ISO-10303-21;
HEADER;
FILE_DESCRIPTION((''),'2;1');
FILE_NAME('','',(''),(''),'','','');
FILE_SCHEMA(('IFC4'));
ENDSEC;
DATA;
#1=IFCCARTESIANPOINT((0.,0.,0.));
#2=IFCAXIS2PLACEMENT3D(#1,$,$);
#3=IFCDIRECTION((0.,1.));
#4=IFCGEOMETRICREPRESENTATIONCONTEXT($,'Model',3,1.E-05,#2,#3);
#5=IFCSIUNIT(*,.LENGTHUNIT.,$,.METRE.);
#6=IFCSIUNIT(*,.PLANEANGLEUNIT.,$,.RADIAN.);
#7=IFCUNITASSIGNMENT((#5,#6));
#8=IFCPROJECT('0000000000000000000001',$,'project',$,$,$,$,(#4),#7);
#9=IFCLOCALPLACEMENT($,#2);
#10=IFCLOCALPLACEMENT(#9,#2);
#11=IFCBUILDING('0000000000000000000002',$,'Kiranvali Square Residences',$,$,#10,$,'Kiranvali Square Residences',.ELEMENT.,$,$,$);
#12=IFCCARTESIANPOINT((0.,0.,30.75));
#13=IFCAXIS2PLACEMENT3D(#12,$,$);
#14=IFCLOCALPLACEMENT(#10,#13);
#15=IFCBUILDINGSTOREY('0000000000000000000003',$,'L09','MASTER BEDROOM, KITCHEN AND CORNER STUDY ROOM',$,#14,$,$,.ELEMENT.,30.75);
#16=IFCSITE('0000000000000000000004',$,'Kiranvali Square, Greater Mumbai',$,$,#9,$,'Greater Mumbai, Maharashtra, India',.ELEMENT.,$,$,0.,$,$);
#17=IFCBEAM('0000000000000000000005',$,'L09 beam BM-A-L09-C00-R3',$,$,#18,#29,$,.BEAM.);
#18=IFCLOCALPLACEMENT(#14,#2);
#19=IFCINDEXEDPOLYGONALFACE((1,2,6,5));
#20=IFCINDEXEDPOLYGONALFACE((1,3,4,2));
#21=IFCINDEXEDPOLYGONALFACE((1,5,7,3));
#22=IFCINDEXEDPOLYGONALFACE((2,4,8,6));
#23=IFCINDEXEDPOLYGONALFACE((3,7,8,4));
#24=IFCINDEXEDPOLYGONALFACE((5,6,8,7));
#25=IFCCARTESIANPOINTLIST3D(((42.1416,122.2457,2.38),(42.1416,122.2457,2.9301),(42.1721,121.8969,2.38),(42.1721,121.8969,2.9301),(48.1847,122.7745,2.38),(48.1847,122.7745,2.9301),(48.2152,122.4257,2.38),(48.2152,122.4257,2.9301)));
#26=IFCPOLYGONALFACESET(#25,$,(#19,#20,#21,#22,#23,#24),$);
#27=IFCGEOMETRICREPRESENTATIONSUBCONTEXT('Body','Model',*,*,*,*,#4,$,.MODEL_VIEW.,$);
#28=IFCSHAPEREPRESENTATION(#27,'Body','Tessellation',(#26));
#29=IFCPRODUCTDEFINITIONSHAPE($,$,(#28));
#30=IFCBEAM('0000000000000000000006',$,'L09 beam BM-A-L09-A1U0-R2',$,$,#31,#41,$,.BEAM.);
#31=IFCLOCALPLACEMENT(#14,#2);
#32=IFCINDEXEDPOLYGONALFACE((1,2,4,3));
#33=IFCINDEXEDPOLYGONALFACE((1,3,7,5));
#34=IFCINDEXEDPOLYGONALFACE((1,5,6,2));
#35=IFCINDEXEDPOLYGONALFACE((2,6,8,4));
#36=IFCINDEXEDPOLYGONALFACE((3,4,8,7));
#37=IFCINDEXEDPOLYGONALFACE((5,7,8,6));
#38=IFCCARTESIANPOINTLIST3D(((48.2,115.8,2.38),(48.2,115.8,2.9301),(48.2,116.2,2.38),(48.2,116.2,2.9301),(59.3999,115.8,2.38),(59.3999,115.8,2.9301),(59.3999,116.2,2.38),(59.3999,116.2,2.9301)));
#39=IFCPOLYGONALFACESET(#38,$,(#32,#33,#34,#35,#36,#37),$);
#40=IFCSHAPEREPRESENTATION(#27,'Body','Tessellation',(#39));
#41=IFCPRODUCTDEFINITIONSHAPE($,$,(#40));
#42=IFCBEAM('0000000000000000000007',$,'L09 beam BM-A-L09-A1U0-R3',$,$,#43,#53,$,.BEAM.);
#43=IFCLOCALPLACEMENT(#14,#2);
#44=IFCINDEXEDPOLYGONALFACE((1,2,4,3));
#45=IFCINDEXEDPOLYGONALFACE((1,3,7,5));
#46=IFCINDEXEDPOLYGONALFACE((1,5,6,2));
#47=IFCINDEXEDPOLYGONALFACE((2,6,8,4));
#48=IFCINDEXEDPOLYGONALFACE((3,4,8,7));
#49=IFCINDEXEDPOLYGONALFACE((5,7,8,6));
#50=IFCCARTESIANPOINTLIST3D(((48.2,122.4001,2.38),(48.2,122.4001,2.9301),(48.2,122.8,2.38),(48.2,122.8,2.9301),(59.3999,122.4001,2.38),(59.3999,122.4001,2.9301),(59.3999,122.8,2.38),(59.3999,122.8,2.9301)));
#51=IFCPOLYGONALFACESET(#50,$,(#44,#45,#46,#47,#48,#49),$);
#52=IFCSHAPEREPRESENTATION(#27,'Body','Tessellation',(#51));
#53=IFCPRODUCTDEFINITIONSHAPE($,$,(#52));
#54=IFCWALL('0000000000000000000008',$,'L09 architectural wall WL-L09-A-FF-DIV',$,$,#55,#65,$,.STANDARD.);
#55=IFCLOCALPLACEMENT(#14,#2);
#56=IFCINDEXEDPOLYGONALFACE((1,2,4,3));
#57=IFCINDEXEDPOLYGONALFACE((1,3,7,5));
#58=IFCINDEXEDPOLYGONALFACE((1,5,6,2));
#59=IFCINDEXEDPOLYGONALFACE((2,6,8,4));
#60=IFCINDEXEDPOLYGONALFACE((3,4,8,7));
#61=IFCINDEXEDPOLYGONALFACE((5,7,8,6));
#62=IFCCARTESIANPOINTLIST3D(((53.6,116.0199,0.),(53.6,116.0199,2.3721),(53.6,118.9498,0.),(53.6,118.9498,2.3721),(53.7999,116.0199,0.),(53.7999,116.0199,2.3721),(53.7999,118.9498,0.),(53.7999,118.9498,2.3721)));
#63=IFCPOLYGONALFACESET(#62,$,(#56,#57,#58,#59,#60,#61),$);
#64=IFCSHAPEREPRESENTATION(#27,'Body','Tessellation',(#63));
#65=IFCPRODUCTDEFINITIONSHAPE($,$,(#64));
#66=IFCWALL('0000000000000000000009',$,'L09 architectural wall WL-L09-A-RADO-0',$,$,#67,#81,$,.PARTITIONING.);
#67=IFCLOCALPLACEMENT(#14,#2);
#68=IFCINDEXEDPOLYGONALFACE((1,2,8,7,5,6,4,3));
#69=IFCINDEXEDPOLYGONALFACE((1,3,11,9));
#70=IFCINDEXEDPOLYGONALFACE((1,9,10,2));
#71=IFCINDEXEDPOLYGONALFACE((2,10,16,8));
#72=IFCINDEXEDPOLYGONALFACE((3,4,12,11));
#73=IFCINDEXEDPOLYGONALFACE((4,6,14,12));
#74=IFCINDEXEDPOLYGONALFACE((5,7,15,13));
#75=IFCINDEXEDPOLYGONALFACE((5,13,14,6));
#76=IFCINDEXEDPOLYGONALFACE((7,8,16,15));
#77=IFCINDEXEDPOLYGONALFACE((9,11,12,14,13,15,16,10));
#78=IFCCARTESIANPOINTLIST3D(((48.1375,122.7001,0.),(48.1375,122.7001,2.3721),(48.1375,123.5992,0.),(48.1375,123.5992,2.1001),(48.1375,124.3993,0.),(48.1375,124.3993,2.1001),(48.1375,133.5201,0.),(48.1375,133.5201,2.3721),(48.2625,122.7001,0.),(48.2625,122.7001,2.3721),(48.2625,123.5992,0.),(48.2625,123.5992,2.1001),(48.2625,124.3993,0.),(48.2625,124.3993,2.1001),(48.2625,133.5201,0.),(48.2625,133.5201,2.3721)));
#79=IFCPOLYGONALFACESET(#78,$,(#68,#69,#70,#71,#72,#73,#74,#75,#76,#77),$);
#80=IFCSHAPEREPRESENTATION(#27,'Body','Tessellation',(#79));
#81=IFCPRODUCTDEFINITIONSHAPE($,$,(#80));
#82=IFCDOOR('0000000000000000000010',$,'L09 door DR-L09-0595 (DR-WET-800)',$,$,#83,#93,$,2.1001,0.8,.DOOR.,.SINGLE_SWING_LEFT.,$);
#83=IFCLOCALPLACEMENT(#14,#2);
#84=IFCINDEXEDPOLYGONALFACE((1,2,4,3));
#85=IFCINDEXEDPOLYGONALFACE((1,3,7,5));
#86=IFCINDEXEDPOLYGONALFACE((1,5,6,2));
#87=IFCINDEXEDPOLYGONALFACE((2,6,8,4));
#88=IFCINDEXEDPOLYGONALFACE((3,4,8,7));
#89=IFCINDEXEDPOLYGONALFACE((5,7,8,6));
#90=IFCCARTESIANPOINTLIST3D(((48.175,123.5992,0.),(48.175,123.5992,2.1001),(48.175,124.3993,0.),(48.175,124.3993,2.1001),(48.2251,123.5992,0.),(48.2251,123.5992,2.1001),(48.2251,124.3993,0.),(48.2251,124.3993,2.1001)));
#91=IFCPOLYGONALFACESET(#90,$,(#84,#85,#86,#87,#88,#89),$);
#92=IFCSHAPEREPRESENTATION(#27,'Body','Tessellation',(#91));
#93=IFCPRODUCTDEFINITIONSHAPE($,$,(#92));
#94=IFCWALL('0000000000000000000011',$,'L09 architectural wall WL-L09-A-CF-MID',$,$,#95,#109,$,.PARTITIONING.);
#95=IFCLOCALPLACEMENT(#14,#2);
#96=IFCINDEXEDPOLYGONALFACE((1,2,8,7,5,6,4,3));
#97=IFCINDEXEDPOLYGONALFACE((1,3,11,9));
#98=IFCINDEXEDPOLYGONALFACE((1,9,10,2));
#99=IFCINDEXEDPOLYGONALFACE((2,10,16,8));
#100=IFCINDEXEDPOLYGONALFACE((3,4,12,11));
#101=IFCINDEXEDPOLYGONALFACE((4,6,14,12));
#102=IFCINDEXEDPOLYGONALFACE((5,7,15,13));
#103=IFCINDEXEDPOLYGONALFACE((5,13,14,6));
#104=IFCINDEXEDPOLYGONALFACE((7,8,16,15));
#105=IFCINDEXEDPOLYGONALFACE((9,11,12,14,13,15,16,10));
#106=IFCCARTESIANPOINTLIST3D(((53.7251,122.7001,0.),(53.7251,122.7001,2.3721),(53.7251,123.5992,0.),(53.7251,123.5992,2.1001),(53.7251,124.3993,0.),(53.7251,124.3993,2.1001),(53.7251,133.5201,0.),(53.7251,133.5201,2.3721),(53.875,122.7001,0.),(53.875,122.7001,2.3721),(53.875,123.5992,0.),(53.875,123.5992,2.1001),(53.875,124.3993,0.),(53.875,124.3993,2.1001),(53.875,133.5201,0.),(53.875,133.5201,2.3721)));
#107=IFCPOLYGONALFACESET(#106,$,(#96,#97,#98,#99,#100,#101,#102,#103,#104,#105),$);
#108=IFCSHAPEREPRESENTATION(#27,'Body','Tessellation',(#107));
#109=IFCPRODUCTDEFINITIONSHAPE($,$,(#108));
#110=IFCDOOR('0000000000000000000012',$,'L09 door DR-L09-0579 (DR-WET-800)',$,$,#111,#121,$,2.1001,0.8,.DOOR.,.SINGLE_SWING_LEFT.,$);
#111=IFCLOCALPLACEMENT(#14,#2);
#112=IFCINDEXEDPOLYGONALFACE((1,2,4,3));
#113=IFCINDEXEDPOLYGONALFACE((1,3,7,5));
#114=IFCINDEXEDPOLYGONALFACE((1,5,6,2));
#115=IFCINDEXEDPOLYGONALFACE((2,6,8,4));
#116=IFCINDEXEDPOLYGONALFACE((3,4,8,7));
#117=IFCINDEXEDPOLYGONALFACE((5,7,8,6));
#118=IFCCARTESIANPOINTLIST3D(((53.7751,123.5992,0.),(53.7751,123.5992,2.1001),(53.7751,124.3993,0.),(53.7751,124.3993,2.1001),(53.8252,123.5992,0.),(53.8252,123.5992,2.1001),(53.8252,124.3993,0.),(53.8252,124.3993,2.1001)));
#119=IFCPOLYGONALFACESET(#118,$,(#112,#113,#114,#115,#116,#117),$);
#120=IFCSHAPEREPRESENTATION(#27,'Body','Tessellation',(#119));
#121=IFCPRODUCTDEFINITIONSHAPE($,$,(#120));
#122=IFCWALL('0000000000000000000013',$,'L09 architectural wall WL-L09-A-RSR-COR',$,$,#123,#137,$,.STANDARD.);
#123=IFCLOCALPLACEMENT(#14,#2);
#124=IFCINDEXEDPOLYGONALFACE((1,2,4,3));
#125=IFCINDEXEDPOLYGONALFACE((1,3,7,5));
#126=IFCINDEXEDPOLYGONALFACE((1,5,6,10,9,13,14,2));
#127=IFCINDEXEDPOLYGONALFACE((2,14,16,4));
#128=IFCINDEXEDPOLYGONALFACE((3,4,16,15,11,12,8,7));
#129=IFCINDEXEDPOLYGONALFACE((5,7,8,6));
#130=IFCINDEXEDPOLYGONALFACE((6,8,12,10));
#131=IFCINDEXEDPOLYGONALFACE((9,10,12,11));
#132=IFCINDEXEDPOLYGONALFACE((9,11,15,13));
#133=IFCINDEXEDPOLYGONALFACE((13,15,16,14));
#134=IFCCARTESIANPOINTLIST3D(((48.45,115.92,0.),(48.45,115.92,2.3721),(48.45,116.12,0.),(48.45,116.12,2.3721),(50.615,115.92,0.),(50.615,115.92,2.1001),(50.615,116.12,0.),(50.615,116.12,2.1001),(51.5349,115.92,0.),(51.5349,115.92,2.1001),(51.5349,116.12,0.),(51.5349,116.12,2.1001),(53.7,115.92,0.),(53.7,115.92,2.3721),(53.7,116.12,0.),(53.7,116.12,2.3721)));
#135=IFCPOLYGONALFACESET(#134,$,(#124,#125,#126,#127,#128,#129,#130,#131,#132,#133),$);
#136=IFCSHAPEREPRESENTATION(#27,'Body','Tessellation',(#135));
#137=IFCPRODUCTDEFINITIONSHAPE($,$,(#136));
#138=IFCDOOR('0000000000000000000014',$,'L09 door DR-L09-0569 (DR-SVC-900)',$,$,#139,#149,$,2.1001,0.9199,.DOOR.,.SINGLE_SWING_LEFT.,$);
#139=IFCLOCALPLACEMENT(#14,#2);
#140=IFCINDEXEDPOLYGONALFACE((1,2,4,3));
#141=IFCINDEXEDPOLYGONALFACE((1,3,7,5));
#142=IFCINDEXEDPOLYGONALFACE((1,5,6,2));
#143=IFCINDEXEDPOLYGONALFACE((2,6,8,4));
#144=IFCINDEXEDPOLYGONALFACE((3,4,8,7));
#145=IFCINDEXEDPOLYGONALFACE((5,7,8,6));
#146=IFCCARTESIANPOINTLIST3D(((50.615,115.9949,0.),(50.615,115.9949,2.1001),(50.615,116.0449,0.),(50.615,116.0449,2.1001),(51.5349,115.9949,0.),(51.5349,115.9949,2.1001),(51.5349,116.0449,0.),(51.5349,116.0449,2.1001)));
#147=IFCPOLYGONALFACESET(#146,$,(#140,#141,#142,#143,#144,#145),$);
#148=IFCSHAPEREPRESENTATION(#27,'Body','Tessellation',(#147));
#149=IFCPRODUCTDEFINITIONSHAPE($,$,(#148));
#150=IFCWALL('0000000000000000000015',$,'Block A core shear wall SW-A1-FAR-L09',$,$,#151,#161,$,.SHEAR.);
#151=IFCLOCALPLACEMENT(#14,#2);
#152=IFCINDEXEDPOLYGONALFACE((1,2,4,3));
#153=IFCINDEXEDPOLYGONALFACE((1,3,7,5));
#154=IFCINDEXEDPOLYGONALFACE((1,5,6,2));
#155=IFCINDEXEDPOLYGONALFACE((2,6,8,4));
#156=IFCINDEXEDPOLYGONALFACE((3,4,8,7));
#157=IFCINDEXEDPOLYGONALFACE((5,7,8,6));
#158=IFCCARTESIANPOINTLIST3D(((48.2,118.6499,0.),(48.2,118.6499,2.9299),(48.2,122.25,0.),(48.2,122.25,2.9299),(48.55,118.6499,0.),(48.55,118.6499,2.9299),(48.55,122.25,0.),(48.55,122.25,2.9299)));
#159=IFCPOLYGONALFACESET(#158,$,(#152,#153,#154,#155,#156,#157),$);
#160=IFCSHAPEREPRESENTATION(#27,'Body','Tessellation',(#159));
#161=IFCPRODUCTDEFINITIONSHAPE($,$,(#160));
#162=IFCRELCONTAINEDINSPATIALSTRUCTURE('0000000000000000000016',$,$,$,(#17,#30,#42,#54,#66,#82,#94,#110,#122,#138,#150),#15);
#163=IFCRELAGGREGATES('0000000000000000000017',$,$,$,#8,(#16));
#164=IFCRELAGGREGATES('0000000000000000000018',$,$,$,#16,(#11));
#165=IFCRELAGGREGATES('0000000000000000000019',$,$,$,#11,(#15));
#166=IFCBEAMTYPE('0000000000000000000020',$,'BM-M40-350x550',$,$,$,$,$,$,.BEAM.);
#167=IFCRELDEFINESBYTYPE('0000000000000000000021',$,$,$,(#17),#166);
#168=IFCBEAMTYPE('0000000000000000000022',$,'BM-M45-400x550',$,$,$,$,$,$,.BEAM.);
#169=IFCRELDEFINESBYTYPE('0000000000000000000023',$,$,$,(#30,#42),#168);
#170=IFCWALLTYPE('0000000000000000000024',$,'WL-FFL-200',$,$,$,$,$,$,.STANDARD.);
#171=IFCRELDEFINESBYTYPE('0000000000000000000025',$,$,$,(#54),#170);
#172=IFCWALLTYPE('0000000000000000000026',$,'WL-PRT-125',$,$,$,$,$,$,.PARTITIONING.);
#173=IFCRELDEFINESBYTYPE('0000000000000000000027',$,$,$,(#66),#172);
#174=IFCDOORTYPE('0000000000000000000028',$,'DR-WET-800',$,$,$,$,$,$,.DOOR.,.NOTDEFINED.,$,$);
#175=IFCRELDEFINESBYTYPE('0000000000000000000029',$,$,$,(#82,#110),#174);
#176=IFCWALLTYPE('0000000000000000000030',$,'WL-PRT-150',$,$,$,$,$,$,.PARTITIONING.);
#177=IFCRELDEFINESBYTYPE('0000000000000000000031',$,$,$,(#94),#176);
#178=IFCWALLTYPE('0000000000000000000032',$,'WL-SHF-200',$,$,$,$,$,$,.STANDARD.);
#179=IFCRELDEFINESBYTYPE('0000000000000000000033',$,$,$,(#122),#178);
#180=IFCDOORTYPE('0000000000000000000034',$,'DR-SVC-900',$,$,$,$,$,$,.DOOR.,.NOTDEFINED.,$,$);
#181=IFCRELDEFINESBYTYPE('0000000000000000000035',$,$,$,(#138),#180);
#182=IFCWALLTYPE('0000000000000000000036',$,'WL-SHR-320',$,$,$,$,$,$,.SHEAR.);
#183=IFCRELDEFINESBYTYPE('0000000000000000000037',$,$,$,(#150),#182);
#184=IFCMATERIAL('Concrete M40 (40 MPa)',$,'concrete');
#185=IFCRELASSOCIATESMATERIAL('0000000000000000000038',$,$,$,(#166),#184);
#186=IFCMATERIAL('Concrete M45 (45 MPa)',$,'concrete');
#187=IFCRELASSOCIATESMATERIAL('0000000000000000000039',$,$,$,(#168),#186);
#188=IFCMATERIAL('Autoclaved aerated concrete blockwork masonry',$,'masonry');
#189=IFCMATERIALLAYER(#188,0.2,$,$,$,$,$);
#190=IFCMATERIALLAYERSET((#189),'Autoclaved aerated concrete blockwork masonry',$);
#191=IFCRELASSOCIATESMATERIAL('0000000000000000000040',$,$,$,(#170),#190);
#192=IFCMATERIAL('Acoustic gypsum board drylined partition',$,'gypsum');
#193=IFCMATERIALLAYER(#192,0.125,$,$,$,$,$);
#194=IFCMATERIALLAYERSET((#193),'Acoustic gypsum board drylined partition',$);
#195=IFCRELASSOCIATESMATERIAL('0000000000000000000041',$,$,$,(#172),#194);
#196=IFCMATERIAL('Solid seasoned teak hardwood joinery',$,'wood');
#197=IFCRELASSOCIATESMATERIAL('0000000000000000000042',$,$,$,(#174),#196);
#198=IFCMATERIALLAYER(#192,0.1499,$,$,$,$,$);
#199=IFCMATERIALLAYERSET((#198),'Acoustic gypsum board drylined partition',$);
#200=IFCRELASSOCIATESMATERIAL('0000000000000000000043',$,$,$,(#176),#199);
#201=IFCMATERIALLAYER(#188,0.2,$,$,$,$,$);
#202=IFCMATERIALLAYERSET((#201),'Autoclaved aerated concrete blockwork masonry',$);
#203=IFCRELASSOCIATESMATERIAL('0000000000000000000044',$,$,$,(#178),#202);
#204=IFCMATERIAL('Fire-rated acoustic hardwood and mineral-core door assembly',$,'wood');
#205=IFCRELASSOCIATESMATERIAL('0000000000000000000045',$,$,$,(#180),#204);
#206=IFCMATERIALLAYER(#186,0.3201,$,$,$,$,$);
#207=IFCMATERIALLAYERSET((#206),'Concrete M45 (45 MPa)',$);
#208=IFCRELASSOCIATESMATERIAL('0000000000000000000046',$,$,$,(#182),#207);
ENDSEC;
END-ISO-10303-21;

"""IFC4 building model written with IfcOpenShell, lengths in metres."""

from ifc_helpers import new_model, si_unit, direction, frame, frame_2d, origin, origin_2d, place, context, subcontext, project, spatial, rectangle, extrude, material, layer, layer_set, material_profile, profile_set, type_object, element, fill, save


model = new_model("IFC4")

# Units and contexts
model_context = context("Model", 3, precision=1e-05, world=origin(), true_north=direction((0.0, 1.0)))
body_context = subcontext(model_context, "Body", "Model", "MODEL_VIEW")
ifc_project = project(units=[si_unit("LENGTHUNIT", "METRE"), si_unit("PLANEANGLEUNIT", "RADIAN")], contexts=[model_context])

# Site, building, storey
site_placement = place(None, origin())
site = spatial("IfcSite", under=ifc_project, at=site_placement, Name="Kiranvali Square, Greater Mumbai", LongName="Greater Mumbai, Maharashtra, India", CompositionType="ELEMENT", RefElevation=0.0)
building_placement = place(site_placement, origin())
building = spatial("IfcBuilding", under=site, at=building_placement, Name="Kiranvali Square Residences", LongName="Kiranvali Square Residences", CompositionType="ELEMENT")
storey_placement = place(building_placement, frame((0.0, 0.0, 30.75)))
storey = spatial("IfcBuildingStorey", under=building, at=storey_placement, Name="L09", Description="MASTER BEDROOM, KITCHEN AND CORNER STUDY ROOM", CompositionType="ELEMENT", Elevation=30.75)

# Beams
ifc_material_1 = material(Name="Concrete M40 (40 MPa)", Category="concrete")
ifc_material_profile_1 = material_profile(ifc_material_1, rectangle(XDim=0.3501, YDim=0.55, at=origin_2d()), Name="RC 350x550")
ifc_profile_set_1 = profile_set([ifc_material_profile_1], Name="Concrete M40 (40 MPa)")
beam_type_1 = type_object("IfcBeamType", Name="BM-M40-350x550", PredefinedType="BEAM", material=ifc_profile_set_1)
beam_placement = place(storey_placement, frame((48.2, 122.6001, 2.655), z_axis=(-0.996193, -0.087175, 0.0), x_axis=(0.087175, -0.996193, 0.0)))
element("IfcBeam", 1, at=beam_placement, inside=storey, type_object=beam_type_1, Name="L09 beam BM-A-L09-C00-R3", PredefinedType="BEAM", context=body_context, shape_type="SweptSolid", body=[
    extrude(rectangle(XDim=0.3501, YDim=0.55, at=origin_2d()), origin(), (0.0, 0.0, 1.0), 6.0662),
])
ifc_material_2 = material(Name="Concrete M45 (45 MPa)", Category="concrete")
ifc_material_profile_2 = material_profile(ifc_material_2, rectangle(XDim=0.3999, YDim=0.55, at=origin_2d()), Name="RC 400x550")
ifc_profile_set_2 = profile_set([ifc_material_profile_2], Name="Concrete M45 (45 MPa)")
beam_type_2 = type_object("IfcBeamType", Name="BM-M45-400x550", PredefinedType="BEAM", material=ifc_profile_set_2)
for number, where, z_axis, x_axis, name in (
    (2, (48.2, 116.0, 2.655), (1.0, 0.0, 0.0), (0.0, 1.0, 0.0), "L09 beam BM-A-L09-A1U0-R2"),
    (3, (48.2, 122.6001, 2.655), (1.0, 0.0, 0.0), (0.0, 1.0, 0.0), "L09 beam BM-A-L09-A1U0-R3"),
):
    element("IfcBeam", number, at=place(storey_placement, frame(where, z_axis=z_axis, x_axis=x_axis)), inside=storey, type_object=beam_type_2, Name=name, PredefinedType="BEAM", context=body_context, shape_type="SweptSolid", body=[
        extrude(rectangle(XDim=0.3999, YDim=0.55, at=origin_2d()), origin(), (0.0, 0.0, 1.0), 11.2),
    ])

# Shared definitions
ifc_material_3 = material(Name="Autoclaved aerated concrete blockwork masonry", Category="masonry")
ifc_material_4 = material(Name="Fire-rated acoustic hardwood and mineral-core door assembly", Category="wood")
ifc_layer_1 = layer(ifc_material_3, 0.2)
ifc_layer_set_1 = layer_set([ifc_layer_1], Name="Autoclaved aerated concrete blockwork masonry")
wall_type_1 = type_object("IfcWallType", Name="WL-FFL-200", PredefinedType="STANDARD", material=ifc_layer_set_1)

# Wall
wall_1_placement = place(storey_placement, frame((53.7, 116.02, 0.0), z_axis=(0.0, 0.0, 1.0), x_axis=(0.0, 1.0, 0.0)))
element("IfcWall", 4, at=wall_1_placement, inside=storey, type_object=wall_type_1, Name="L09 architectural wall WL-L09-A-FF-DIV", PredefinedType="STANDARD", context=body_context, shape_type="SweptSolid", body=[
    extrude(rectangle(XDim=2.9299, YDim=0.2, at=frame_2d((1.4648, 0.0))), origin(), (0.0, 0.0, 1.0), 2.3721),
])

# Walls, openings, doors
ifc_material_5 = material(Name="Acoustic gypsum board drylined partition", Category="gypsum")
ifc_layer_2 = layer(ifc_material_5, 0.125)
ifc_layer_set_2 = layer_set([ifc_layer_2], Name="Acoustic gypsum board drylined partition")
wall_type_2 = type_object("IfcWallType", Name="WL-PRT-125", PredefinedType="PARTITIONING", material=ifc_layer_set_2)
wall_2_placement = place(storey_placement, frame((48.2, 122.7, 0.0), z_axis=(0.0, 0.0, 1.0), x_axis=(0.0, 1.0, 0.0)))
wall_2 = element("IfcWall", 5, at=wall_2_placement, inside=storey, type_object=wall_type_2, Name="L09 architectural wall WL-L09-A-RADO-0", PredefinedType="PARTITIONING", context=body_context, shape_type="SweptSolid", body=[
    extrude(rectangle(XDim=10.8201, YDim=0.125, at=frame_2d((5.4102, 0.0))), origin(), (0.0, 0.0, 1.0), 2.3721),
])
opening_1_placement = place(wall_2_placement, frame((0.8994, 0.0, 0.0)))
opening_1 = element("IfcOpeningElement", 6, at=opening_1_placement, cuts=wall_2, PredefinedType="OPENING", context=body_context, shape_type="SweptSolid", body=[
    extrude(rectangle(XDim=0.8, YDim=2.1001, at=frame_2d((0.3999, 1.05))), frame((0.0, 0.0725, 0.0), z_axis=(0.0, -1.0, 0.0), x_axis=(1.0, 0.0, 0.0)), (0.0, 0.0, 1.0), 0.145),
])
ifc_material_6 = material(Name="Solid seasoned teak hardwood joinery", Category="wood")
door_type_1 = type_object("IfcDoorType", Name="DR-WET-800", OperationType="NOTDEFINED", PredefinedType="DOOR", material=ifc_material_6)
door_1_placement = place(opening_1_placement, origin())
door_1 = element("IfcDoor", 7, at=door_1_placement, inside=storey, type_object=door_type_1, Name="L09 door DR-L09-0595 (DR-WET-800)", OperationType="SINGLE_SWING_LEFT", OverallHeight=2.1001, OverallWidth=0.8, PredefinedType="DOOR", context=body_context, shape_type="SweptSolid", body=[
    extrude(rectangle(XDim=0.8, YDim=2.1001, at=frame_2d((0.3999, 1.05))), frame((0.0, 0.0249, 0.0), z_axis=(0.0, -1.0, 0.0), x_axis=(1.0, 0.0, 0.0)), (0.0, 0.0, 1.0), 0.05),
])
fill(opening_1, door_1)
ifc_layer_3 = layer(ifc_material_5, 0.1499)
ifc_layer_set_3 = layer_set([ifc_layer_3], Name="Acoustic gypsum board drylined partition")
wall_type_3 = type_object("IfcWallType", Name="WL-PRT-150", PredefinedType="PARTITIONING", material=ifc_layer_set_3)
wall_3_placement = place(storey_placement, frame((53.8, 122.7, 0.0), z_axis=(0.0, 0.0, 1.0), x_axis=(0.0, 1.0, 0.0)))
wall_3 = element("IfcWall", 8, at=wall_3_placement, inside=storey, type_object=wall_type_3, Name="L09 architectural wall WL-L09-A-CF-MID", PredefinedType="PARTITIONING", context=body_context, shape_type="SweptSolid", body=[
    extrude(rectangle(XDim=10.8201, YDim=0.1499, at=frame_2d((5.4102, 0.0))), origin(), (0.0, 0.0, 1.0), 2.3721),
])
opening_2_placement = place(wall_3_placement, frame((0.8994, 0.0, 0.0)))
opening_2 = element("IfcOpeningElement", 9, at=opening_2_placement, cuts=wall_3, PredefinedType="OPENING", context=body_context, shape_type="SweptSolid", body=[
    extrude(rectangle(XDim=0.8, YDim=2.1001, at=frame_2d((0.3999, 1.05))), frame((0.0, 0.085, 0.0), z_axis=(0.0, -1.0, 0.0), x_axis=(1.0, 0.0, 0.0)), (0.0, 0.0, 1.0), 0.1699),
])
door_2_placement = place(opening_2_placement, origin())
door_2 = element("IfcDoor", 10, at=door_2_placement, inside=storey, type_object=door_type_1, Name="L09 door DR-L09-0579 (DR-WET-800)", OperationType="SINGLE_SWING_LEFT", OverallHeight=2.1001, OverallWidth=0.8, PredefinedType="DOOR", context=body_context, shape_type="SweptSolid", body=[
    extrude(rectangle(XDim=0.8, YDim=2.1001, at=frame_2d((0.3999, 1.05))), frame((0.0, 0.0249, 0.0), z_axis=(0.0, -1.0, 0.0), x_axis=(1.0, 0.0, 0.0)), (0.0, 0.0, 1.0), 0.05),
])
fill(opening_2, door_2)
ifc_layer_4 = layer(ifc_material_3, 0.2)
ifc_layer_set_4 = layer_set([ifc_layer_4], Name="Autoclaved aerated concrete blockwork masonry")
wall_type_4 = type_object("IfcWallType", Name="WL-SHF-200", PredefinedType="STANDARD", material=ifc_layer_set_4)
wall_4_placement = place(storey_placement, frame((48.45, 116.02, 0.0), z_axis=(0.0, 0.0, 1.0), x_axis=(1.0, 0.0, 0.0)))
wall_4 = element("IfcWall", 11, at=wall_4_placement, inside=storey, type_object=wall_type_4, Name="L09 architectural wall WL-L09-A-RSR-COR", PredefinedType="STANDARD", context=body_context, shape_type="SweptSolid", body=[
    extrude(rectangle(XDim=5.25, YDim=0.2, at=frame_2d((2.625, 0.0))), origin(), (0.0, 0.0, 1.0), 2.3721),
])
opening_3_placement = place(wall_4_placement, frame((2.165, 0.0, 0.0)))
opening_3 = element("IfcOpeningElement", 12, at=opening_3_placement, cuts=wall_4, PredefinedType="OPENING", context=body_context, shape_type="SweptSolid", body=[
    extrude(rectangle(XDim=0.9199, YDim=2.1001, at=frame_2d((0.46, 1.05))), frame((0.0, 0.1099, 0.0), z_axis=(0.0, -1.0, 0.0), x_axis=(1.0, 0.0, 0.0)), (0.0, 0.0, 1.0), 0.22),
])
door_type_2 = type_object("IfcDoorType", Name="DR-SVC-900", OperationType="NOTDEFINED", PredefinedType="DOOR", material=ifc_material_4)
door_3_placement = place(opening_3_placement, origin())
door_3 = element("IfcDoor", 13, at=door_3_placement, inside=storey, type_object=door_type_2, Name="L09 door DR-L09-0569 (DR-SVC-900)", OperationType="SINGLE_SWING_LEFT", OverallHeight=2.1001, OverallWidth=0.9199, PredefinedType="DOOR", context=body_context, shape_type="SweptSolid", body=[
    extrude(rectangle(XDim=0.9199, YDim=2.1001, at=frame_2d((0.46, 1.05))), frame((0.0, 0.0249, 0.0), z_axis=(0.0, -1.0, 0.0), x_axis=(1.0, 0.0, 0.0)), (0.0, 0.0, 1.0), 0.05),
])
fill(opening_3, door_3)
ifc_layer_5 = layer(ifc_material_2, 0.3201)
ifc_layer_set_5 = layer_set([ifc_layer_5], Name="Concrete M45 (45 MPa)")
wall_type_5 = type_object("IfcWallType", Name="WL-SHR-320", PredefinedType="SHEAR", material=ifc_layer_set_5)

# Wall
wall_5_placement = place(storey_placement, frame((48.375, 118.6499, 0.0), z_axis=(0.0, 0.0, 1.0), x_axis=(0.0, 1.0, 0.0)))
element("IfcWall", 14, at=wall_5_placement, inside=storey, type_object=wall_type_5, Name="Block A core shear wall SW-A1-FAR-L09", PredefinedType="SHEAR", context=body_context, shape_type="SweptSolid", body=[
    extrude(rectangle(XDim=3.6001, YDim=0.3501, at=frame_2d((1.8, 0.0))), origin(), (0.0, 0.0, 1.0), 2.9299),
])

save(model, "model.ifc")
